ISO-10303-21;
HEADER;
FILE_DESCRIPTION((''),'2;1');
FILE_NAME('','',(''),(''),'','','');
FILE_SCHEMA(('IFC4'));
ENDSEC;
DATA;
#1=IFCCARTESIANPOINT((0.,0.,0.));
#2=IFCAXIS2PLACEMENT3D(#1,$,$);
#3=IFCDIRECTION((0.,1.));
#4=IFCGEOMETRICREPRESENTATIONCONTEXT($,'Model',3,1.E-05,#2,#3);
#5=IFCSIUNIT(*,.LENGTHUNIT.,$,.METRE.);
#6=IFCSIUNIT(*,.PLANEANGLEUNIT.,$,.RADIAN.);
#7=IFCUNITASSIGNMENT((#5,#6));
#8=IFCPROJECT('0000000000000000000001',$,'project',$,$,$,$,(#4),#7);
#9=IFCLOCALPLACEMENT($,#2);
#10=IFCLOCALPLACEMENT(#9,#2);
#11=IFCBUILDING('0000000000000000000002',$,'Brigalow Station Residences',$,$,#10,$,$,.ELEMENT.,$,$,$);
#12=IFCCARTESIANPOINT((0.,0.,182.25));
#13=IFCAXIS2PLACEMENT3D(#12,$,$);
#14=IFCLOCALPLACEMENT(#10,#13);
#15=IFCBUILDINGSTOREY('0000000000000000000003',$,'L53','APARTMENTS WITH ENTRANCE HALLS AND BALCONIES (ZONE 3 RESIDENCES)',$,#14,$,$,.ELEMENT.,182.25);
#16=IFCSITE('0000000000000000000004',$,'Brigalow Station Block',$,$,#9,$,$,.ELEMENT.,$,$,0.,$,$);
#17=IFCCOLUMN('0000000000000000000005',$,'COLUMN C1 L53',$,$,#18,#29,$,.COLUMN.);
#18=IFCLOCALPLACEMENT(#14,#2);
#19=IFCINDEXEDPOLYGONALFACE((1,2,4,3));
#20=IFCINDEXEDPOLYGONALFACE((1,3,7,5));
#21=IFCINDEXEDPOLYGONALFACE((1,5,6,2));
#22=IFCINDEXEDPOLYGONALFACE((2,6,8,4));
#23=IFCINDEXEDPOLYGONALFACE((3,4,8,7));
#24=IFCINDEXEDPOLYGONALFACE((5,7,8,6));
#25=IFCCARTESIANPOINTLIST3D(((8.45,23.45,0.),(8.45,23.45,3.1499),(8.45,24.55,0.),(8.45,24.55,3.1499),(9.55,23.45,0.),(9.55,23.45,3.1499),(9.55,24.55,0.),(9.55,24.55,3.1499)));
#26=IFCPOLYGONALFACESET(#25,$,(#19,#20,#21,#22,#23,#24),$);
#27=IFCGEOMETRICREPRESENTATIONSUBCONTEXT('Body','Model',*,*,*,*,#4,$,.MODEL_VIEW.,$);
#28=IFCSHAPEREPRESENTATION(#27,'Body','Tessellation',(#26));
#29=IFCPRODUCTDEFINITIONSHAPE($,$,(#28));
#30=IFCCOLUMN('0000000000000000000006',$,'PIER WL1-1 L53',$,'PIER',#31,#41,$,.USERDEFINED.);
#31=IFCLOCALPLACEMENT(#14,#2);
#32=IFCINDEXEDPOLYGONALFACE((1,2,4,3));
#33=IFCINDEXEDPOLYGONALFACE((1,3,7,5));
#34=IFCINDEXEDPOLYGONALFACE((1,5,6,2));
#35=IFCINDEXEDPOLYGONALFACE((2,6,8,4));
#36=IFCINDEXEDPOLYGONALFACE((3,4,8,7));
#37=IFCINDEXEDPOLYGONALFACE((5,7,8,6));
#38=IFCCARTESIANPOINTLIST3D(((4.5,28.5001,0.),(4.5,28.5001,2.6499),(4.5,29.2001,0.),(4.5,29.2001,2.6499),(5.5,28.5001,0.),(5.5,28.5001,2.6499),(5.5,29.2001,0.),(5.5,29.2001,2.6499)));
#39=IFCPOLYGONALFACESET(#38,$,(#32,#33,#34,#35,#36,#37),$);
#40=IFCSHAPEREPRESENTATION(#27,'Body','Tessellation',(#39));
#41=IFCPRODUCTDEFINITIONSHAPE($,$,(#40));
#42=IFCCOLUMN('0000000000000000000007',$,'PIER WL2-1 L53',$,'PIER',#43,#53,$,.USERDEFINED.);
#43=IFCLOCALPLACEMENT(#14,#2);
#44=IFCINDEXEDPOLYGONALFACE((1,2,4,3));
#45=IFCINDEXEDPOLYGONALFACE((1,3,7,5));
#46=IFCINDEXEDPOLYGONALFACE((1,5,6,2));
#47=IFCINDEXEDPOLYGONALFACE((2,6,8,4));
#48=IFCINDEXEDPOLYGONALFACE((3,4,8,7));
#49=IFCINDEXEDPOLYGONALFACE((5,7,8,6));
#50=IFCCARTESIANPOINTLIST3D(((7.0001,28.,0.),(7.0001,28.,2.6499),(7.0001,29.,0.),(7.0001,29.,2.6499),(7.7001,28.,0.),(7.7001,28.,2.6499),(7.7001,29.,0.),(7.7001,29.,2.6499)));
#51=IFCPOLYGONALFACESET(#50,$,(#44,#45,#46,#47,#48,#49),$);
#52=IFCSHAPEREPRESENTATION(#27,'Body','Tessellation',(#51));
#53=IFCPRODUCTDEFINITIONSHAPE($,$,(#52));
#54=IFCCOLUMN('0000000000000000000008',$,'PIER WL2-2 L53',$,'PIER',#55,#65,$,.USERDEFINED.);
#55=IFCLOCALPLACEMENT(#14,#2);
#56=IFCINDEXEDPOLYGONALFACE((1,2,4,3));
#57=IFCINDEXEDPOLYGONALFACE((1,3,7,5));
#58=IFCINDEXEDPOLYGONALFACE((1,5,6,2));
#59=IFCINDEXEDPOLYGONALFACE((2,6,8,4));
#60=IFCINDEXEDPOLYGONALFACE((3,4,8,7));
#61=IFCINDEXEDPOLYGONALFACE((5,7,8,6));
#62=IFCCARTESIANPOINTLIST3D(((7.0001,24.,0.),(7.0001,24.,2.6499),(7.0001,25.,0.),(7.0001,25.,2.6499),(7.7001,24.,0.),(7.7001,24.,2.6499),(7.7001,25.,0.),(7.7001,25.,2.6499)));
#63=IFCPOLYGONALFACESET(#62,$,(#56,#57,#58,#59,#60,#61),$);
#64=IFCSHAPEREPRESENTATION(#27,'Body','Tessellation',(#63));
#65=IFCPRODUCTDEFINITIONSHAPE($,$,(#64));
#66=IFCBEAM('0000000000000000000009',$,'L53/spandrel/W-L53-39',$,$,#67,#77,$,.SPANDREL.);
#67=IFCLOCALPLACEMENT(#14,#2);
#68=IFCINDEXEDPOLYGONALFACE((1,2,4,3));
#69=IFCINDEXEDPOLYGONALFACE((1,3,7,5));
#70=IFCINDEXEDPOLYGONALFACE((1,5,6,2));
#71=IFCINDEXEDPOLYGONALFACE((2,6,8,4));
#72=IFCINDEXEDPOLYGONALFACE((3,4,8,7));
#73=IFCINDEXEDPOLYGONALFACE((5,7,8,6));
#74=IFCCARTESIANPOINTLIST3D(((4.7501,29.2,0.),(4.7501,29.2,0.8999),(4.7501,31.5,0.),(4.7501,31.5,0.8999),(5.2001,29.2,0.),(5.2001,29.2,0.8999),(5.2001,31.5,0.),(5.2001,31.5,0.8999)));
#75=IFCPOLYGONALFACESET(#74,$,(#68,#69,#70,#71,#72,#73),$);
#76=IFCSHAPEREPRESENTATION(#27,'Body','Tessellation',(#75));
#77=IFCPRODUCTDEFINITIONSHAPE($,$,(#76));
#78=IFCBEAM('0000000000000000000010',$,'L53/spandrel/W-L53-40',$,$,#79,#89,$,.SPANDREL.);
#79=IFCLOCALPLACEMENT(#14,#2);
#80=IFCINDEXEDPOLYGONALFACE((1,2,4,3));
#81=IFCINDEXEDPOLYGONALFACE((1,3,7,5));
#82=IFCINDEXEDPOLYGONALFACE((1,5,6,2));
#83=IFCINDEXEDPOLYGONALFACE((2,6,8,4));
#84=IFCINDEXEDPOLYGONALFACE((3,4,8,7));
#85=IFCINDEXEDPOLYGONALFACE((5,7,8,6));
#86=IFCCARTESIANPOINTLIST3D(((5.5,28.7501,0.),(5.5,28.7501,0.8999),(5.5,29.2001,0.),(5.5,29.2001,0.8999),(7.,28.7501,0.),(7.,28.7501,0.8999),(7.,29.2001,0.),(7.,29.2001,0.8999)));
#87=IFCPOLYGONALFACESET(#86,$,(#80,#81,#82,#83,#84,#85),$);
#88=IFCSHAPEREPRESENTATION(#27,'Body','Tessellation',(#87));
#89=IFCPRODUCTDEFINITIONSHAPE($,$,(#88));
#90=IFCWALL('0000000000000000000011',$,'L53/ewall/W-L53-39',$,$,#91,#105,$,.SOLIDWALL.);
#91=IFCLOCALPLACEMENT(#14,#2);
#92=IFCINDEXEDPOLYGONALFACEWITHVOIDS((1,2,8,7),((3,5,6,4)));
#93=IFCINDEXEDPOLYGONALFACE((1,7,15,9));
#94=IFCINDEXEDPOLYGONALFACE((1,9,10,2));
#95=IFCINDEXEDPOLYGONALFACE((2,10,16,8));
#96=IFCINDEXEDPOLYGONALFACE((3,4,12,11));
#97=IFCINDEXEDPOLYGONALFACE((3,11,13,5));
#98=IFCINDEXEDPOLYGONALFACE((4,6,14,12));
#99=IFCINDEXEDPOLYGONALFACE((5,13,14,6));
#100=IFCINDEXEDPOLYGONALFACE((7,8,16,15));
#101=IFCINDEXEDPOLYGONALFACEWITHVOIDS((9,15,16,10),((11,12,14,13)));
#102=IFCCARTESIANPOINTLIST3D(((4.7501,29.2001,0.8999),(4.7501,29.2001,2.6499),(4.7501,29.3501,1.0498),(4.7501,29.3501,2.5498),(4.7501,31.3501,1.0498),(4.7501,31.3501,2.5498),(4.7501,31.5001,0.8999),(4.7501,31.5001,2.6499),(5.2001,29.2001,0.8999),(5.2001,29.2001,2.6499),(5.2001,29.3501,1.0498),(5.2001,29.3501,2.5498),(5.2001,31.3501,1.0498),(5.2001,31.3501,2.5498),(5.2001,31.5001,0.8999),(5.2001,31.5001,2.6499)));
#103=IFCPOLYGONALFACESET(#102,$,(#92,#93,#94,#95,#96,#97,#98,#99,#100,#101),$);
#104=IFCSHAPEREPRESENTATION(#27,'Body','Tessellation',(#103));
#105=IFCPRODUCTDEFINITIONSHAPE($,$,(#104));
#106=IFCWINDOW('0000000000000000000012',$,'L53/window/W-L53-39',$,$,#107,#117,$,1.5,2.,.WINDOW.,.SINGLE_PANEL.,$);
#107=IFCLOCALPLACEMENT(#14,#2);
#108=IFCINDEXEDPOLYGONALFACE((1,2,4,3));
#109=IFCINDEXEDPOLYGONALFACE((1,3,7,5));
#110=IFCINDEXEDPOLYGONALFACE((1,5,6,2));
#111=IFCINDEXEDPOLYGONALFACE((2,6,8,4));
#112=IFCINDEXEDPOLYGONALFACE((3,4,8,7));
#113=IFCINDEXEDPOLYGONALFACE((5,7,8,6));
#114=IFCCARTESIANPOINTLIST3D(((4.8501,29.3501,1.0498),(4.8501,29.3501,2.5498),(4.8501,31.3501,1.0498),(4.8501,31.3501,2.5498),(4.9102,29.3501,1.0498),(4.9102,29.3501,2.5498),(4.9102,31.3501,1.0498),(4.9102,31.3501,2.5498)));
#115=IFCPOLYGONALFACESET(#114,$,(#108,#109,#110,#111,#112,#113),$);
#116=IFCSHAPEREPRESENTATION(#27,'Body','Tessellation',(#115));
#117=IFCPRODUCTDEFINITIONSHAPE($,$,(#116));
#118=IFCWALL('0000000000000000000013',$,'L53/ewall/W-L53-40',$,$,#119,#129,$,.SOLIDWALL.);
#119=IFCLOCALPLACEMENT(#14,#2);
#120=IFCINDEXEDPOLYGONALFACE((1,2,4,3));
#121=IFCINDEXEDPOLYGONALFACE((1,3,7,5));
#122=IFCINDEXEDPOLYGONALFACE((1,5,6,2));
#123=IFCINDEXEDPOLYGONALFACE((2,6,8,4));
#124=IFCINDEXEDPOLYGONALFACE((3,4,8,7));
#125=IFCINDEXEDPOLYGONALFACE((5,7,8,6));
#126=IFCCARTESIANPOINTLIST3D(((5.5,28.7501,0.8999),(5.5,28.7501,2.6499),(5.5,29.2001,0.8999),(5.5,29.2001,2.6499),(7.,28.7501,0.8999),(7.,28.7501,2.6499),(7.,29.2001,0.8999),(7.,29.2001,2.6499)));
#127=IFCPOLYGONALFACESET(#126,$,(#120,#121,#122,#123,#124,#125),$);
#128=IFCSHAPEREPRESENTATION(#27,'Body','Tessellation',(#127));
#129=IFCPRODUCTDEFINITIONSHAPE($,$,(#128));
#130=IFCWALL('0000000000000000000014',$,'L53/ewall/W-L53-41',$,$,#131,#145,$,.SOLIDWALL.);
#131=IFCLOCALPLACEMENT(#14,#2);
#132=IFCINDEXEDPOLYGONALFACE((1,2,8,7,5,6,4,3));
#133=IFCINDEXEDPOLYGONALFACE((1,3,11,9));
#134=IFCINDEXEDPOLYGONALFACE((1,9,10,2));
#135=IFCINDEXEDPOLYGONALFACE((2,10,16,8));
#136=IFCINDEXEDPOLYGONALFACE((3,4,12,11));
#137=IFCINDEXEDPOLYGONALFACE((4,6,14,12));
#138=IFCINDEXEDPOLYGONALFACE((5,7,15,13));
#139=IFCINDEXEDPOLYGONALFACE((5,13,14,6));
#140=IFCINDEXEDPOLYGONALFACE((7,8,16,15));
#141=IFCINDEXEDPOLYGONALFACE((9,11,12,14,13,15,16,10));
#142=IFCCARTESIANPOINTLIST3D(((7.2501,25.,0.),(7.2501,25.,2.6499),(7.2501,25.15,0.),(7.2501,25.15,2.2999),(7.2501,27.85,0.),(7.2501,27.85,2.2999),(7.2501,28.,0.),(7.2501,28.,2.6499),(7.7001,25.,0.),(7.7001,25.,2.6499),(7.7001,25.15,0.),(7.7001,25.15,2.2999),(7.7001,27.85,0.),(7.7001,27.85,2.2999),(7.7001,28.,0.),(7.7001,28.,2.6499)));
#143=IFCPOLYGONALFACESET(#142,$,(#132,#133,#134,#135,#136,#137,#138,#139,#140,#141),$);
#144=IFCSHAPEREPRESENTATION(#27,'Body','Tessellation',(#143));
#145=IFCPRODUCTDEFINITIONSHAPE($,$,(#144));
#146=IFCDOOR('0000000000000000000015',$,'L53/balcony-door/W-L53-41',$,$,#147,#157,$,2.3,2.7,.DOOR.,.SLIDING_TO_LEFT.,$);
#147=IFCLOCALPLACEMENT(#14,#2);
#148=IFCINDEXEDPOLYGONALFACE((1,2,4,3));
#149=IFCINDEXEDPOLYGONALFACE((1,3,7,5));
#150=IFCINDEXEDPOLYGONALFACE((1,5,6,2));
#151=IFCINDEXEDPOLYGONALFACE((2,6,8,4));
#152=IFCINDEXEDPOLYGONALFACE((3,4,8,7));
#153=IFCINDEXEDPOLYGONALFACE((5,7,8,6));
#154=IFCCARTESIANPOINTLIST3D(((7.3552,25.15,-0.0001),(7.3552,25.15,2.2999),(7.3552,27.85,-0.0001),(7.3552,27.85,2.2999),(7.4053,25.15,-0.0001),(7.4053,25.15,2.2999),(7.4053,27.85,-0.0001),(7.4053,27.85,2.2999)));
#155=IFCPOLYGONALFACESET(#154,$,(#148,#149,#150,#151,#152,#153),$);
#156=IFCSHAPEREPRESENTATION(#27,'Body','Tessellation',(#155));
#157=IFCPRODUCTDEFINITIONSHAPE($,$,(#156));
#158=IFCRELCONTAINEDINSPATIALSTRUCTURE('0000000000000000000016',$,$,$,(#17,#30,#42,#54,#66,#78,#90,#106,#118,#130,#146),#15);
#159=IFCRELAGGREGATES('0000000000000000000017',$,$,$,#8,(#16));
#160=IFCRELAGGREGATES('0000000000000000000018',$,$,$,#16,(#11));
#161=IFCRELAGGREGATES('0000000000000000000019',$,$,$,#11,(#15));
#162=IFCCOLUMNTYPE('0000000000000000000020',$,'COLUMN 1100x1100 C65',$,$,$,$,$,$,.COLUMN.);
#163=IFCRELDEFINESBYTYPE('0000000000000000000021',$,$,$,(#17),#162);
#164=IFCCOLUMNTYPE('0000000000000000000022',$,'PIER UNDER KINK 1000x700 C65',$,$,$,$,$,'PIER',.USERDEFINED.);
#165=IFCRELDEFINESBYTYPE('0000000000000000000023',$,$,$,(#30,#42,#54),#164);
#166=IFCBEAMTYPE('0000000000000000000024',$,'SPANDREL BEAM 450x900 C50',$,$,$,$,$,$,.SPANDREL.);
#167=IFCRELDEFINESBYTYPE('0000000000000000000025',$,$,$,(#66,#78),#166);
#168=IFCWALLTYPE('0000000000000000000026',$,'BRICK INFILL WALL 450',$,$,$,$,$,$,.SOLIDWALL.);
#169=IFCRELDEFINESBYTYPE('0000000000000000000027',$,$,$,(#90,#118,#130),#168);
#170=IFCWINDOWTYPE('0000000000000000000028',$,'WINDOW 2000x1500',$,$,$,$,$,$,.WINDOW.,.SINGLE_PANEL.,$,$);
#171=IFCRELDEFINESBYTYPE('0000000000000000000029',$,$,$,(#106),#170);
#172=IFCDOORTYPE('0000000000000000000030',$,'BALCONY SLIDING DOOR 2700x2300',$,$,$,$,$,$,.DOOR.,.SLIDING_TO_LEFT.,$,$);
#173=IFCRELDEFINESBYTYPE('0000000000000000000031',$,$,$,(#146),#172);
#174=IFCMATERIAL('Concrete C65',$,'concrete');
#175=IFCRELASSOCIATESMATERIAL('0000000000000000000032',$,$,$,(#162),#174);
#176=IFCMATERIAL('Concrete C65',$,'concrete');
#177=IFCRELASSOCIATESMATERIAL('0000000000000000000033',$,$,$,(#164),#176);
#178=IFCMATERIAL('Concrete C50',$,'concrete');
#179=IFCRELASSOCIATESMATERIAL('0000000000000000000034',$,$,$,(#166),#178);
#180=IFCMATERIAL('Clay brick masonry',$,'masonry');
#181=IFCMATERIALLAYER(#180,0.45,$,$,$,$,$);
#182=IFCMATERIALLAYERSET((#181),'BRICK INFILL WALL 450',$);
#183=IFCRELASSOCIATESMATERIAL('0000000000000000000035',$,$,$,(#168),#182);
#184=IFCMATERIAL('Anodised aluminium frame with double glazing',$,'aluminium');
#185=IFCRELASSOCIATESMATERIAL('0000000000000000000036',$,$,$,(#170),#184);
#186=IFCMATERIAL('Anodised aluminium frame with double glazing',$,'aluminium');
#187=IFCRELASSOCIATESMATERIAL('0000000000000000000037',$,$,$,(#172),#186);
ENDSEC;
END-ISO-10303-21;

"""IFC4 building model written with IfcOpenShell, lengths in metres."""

from ifc_helpers import new_model, si_unit, direction, frame, frame_2d, origin, origin_2d, place, context, subcontext, project, spatial, rectangle, extrude, material, layer, layer_set, material_profile, profile_set, type_object, element, fill, save


model = new_model("IFC4")

# Units and contexts
model_context = context("Model", 3, precision=1e-05, world=origin(), true_north=direction((0.0, 1.0)))
body_context = subcontext(model_context, "Body", "Model", "MODEL_VIEW")
ifc_project = project(units=[si_unit("LENGTHUNIT", "METRE"), si_unit("PLANEANGLEUNIT", "RADIAN")], contexts=[model_context])

# Site, building, storey
site_placement = place(None, origin())
site = spatial("IfcSite", under=ifc_project, at=site_placement, Name="Brigalow Station Block", CompositionType="ELEMENT", RefElevation=0.0)
building_placement = place(site_placement, origin())
building = spatial("IfcBuilding", under=site, at=building_placement, Name="Brigalow Station Residences", CompositionType="ELEMENT")
storey_placement = place(building_placement, frame((0.0, 0.0, 182.25)))
storey = spatial("IfcBuildingStorey", under=building, at=storey_placement, Name="L53", Description="APARTMENTS WITH ENTRANCE HALLS AND BALCONIES (ZONE 3 RESIDENCES)", CompositionType="ELEMENT", Elevation=182.25)

# Columns
ifc_material_1 = material(Name="Concrete C65", Category="concrete")
ifc_material_profile_1 = material_profile(ifc_material_1, rectangle(XDim=1.1001, YDim=1.1001, at=origin_2d()), Name="RC1100x1100")
ifc_profile_set_1 = profile_set([ifc_material_profile_1], Name="Concrete C65")
column_type_1 = type_object("IfcColumnType", Name="COLUMN 1100x1100 C65", PredefinedType="COLUMN", material=ifc_profile_set_1)
column_placement = place(storey_placement, frame((9.0, 24.0, 0.0), z_axis=(0.0, 0.0, 1.0), x_axis=(1.0, 0.0, 0.0)))
element("IfcColumn", 1, at=column_placement, inside=storey, type_object=column_type_1, Name="COLUMN C1 L53", PredefinedType="COLUMN", context=body_context, shape_type="SweptSolid", body=[
    extrude(rectangle(XDim=1.1001, YDim=1.1001, at=origin_2d()), origin(), (0.0, 0.0, 1.0), 3.1499),
])
ifc_material_2 = material(Name="Concrete C65", Category="concrete")
ifc_material_profile_2 = material_profile(ifc_material_2, rectangle(XDim=1.0, YDim=0.7, at=origin_2d()), Name="RC1000x700")
ifc_profile_set_2 = profile_set([ifc_material_profile_2], Name="Concrete C65")
column_type_2 = type_object("IfcColumnType", Name="PIER UNDER KINK 1000x700 C65", ElementType="PIER", PredefinedType="USERDEFINED", material=ifc_profile_set_2)
for number, where, z_axis, x_axis, name in (
    (2, (5.0, 28.8501, 0.0), (0.0, 0.0, 1.0), (1.0, 0.0, 0.0), "PIER WL1-1 L53"),
    (3, (7.3501, 28.5, 0.0), (0.0, 0.0, 1.0), (0.0, -1.0, 0.0), "PIER WL2-1 L53"),
    (4, (7.3501, 24.5, 0.0), (0.0, 0.0, 1.0), (0.0, -1.0, 0.0), "PIER WL2-2 L53"),
):
    element("IfcColumn", number, at=place(storey_placement, frame(where, z_axis=z_axis, x_axis=x_axis)), inside=storey, type_object=column_type_2, Name=name, ObjectType="PIER", PredefinedType="USERDEFINED", context=body_context, shape_type="SweptSolid", body=[
        extrude(rectangle(XDim=1.0, YDim=0.7, at=origin_2d()), origin(), (0.0, 0.0, 1.0), 2.6499),
    ])

# Beams
ifc_material_3 = material(Name="Concrete C50", Category="concrete")
ifc_material_profile_3 = material_profile(ifc_material_3, rectangle(XDim=0.45, YDim=0.8999, at=origin_2d()), Name="RC450x900")
ifc_profile_set_3 = profile_set([ifc_material_profile_3], Name="Concrete C50")
beam_type = type_object("IfcBeamType", Name="SPANDREL BEAM 450x900 C50", PredefinedType="SPANDREL", material=ifc_profile_set_3)
beam_1_placement = place(storey_placement, frame((4.9751, 31.5, 0.45), z_axis=(0.0, -1.0, 0.0), x_axis=(1.0, 0.0, 0.0)))
element("IfcBeam", 5, at=beam_1_placement, inside=storey, type_object=beam_type, Name="L53/spandrel/W-L53-39", PredefinedType="SPANDREL", context=body_context, shape_type="SweptSolid", body=[
    extrude(rectangle(XDim=0.45, YDim=0.8999, at=origin_2d()), origin(), (0.0, 0.0, 1.0), 2.3),
])
beam_2_placement = place(storey_placement, frame((5.5, 28.9751, 0.45), z_axis=(1.0, 0.0, 0.0), x_axis=(0.0, 1.0, 0.0)))
element("IfcBeam", 6, at=beam_2_placement, inside=storey, type_object=beam_type, Name="L53/spandrel/W-L53-40", PredefinedType="SPANDREL", context=body_context, shape_type="SweptSolid", body=[
    extrude(rectangle(XDim=0.45, YDim=0.8999, at=origin_2d()), origin(), (0.0, 0.0, 1.0), 1.5),
])

# Wall, opening, window
ifc_material_4 = material(Name="Clay brick masonry", Category="masonry")
ifc_layer_1 = layer(ifc_material_4, 0.45)
ifc_layer_set_1 = layer_set([ifc_layer_1], Name="BRICK INFILL WALL 450")
wall_type_1 = type_object("IfcWallType", Name="BRICK INFILL WALL 450", PredefinedType="SOLIDWALL", material=ifc_layer_set_1)
wall_1_placement = place(storey_placement, frame((4.9751, 31.5, 0.8999), z_axis=(0.0, 0.0, 1.0), x_axis=(0.0, -1.0, 0.0)))
wall_1 = element("IfcWall", 7, at=wall_1_placement, inside=storey, type_object=wall_type_1, Name="L53/ewall/W-L53-39", PredefinedType="SOLIDWALL", context=body_context, shape_type="SweptSolid", body=[
    extrude(rectangle(XDim=2.3, YDim=0.45, at=frame_2d((1.1499, 0.0))), origin(), (0.0, 0.0, 1.0), 1.75),
])
opening_1_placement = place(wall_1_placement, frame((0.1499, 0.0, 0.1499)))
opening_1 = element("IfcOpeningElement", 8, at=opening_1_placement, cuts=wall_1, PredefinedType="OPENING", context=body_context, shape_type="SweptSolid", body=[
    extrude(rectangle(XDim=2.0, YDim=1.5, at=frame_2d((1.0, 0.75))), frame((0.0, 0.2349, 0.0), z_axis=(0.0, -1.0, 0.0), x_axis=(1.0, 0.0, 0.0)), (0.0, 0.0, 1.0), 0.47),
])
ifc_material_5 = material(Name="Anodised aluminium frame with double glazing", Category="aluminium")
window_type = type_object("IfcWindowType", Name="WINDOW 2000x1500", PartitioningType="SINGLE_PANEL", PredefinedType="WINDOW", material=ifc_material_5)
window_placement = place(opening_1_placement, origin())
window = element("IfcWindow", 9, at=window_placement, inside=storey, type_object=window_type, Name="L53/window/W-L53-39", OverallHeight=1.5, OverallWidth=2.0, PartitioningType="SINGLE_PANEL", PredefinedType="WINDOW", context=body_context, shape_type="SweptSolid", body=[
    extrude(rectangle(XDim=2.0, YDim=1.5, at=frame_2d((1.0, 0.75))), frame((0.0, -0.0649, 0.0), z_axis=(0.0, -1.0, 0.0), x_axis=(1.0, 0.0, 0.0)), (0.0, 0.0, 1.0), 0.0601),
])
fill(opening_1, window)

# Wall
wall_2_placement = place(storey_placement, frame((5.5, 28.9751, 0.8999), z_axis=(0.0, 0.0, 1.0), x_axis=(1.0, 0.0, 0.0)))
element("IfcWall", 10, at=wall_2_placement, inside=storey, type_object=wall_type_1, Name="L53/ewall/W-L53-40", PredefinedType="SOLIDWALL", context=body_context, shape_type="SweptSolid", body=[
    extrude(rectangle(XDim=1.5, YDim=0.45, at=frame_2d((0.75, 0.0))), origin(), (0.0, 0.0, 1.0), 1.75),
])

# Wall, opening, door
wall_3_placement = place(storey_placement, frame((7.4751, 28.0, 0.0), z_axis=(0.0, 0.0, 1.0), x_axis=(0.0, -1.0, 0.0)))
wall_3 = element("IfcWall", 11, at=wall_3_placement, inside=storey, type_object=wall_type_1, Name="L53/ewall/W-L53-41", PredefinedType="SOLIDWALL", context=body_context, shape_type="SweptSolid", body=[
    extrude(rectangle(XDim=3.0, YDim=0.45, at=frame_2d((1.5, 0.0))), origin(), (0.0, 0.0, 1.0), 2.6499),
])
opening_2_placement = place(wall_3_placement, frame((0.1499, 0.0, 0.0)))
opening_2 = element("IfcOpeningElement", 12, at=opening_2_placement, cuts=wall_3, PredefinedType="OPENING", context=body_context, shape_type="SweptSolid", body=[
    extrude(rectangle(XDim=2.7, YDim=2.3, at=frame_2d((1.3501, 1.1499))), frame((0.0, 0.2349, 0.0), z_axis=(0.0, -1.0, 0.0), x_axis=(1.0, 0.0, 0.0)), (0.0, 0.0, 1.0), 0.47),
])
ifc_material_6 = material(Name="Anodised aluminium frame with double glazing", Category="aluminium")
door_type_1 = type_object("IfcDoorType", Name="BALCONY SLIDING DOOR 2700x2300", OperationType="SLIDING_TO_LEFT", PredefinedType="DOOR", material=ifc_material_6)
door_1_placement = place(opening_2_placement, origin())
door_1 = element("IfcDoor", 13, at=door_1_placement, inside=storey, type_object=door_type_1, Name="L53/balcony-door/W-L53-41", OperationType="SLIDING_TO_LEFT", OverallHeight=2.3, OverallWidth=2.7, PredefinedType="DOOR", context=body_context, shape_type="SweptSolid", body=[
    extrude(rectangle(XDim=2.7, YDim=2.3, at=frame_2d((1.3501, 1.1499))), frame((0.0, -0.0698, 0.0), z_axis=(0.0, -1.0, 0.0), x_axis=(1.0, 0.0, 0.0)), (0.0, 0.0, 1.0), 0.05),
])
fill(opening_2, door_1)

save(model, "model.ifc")
